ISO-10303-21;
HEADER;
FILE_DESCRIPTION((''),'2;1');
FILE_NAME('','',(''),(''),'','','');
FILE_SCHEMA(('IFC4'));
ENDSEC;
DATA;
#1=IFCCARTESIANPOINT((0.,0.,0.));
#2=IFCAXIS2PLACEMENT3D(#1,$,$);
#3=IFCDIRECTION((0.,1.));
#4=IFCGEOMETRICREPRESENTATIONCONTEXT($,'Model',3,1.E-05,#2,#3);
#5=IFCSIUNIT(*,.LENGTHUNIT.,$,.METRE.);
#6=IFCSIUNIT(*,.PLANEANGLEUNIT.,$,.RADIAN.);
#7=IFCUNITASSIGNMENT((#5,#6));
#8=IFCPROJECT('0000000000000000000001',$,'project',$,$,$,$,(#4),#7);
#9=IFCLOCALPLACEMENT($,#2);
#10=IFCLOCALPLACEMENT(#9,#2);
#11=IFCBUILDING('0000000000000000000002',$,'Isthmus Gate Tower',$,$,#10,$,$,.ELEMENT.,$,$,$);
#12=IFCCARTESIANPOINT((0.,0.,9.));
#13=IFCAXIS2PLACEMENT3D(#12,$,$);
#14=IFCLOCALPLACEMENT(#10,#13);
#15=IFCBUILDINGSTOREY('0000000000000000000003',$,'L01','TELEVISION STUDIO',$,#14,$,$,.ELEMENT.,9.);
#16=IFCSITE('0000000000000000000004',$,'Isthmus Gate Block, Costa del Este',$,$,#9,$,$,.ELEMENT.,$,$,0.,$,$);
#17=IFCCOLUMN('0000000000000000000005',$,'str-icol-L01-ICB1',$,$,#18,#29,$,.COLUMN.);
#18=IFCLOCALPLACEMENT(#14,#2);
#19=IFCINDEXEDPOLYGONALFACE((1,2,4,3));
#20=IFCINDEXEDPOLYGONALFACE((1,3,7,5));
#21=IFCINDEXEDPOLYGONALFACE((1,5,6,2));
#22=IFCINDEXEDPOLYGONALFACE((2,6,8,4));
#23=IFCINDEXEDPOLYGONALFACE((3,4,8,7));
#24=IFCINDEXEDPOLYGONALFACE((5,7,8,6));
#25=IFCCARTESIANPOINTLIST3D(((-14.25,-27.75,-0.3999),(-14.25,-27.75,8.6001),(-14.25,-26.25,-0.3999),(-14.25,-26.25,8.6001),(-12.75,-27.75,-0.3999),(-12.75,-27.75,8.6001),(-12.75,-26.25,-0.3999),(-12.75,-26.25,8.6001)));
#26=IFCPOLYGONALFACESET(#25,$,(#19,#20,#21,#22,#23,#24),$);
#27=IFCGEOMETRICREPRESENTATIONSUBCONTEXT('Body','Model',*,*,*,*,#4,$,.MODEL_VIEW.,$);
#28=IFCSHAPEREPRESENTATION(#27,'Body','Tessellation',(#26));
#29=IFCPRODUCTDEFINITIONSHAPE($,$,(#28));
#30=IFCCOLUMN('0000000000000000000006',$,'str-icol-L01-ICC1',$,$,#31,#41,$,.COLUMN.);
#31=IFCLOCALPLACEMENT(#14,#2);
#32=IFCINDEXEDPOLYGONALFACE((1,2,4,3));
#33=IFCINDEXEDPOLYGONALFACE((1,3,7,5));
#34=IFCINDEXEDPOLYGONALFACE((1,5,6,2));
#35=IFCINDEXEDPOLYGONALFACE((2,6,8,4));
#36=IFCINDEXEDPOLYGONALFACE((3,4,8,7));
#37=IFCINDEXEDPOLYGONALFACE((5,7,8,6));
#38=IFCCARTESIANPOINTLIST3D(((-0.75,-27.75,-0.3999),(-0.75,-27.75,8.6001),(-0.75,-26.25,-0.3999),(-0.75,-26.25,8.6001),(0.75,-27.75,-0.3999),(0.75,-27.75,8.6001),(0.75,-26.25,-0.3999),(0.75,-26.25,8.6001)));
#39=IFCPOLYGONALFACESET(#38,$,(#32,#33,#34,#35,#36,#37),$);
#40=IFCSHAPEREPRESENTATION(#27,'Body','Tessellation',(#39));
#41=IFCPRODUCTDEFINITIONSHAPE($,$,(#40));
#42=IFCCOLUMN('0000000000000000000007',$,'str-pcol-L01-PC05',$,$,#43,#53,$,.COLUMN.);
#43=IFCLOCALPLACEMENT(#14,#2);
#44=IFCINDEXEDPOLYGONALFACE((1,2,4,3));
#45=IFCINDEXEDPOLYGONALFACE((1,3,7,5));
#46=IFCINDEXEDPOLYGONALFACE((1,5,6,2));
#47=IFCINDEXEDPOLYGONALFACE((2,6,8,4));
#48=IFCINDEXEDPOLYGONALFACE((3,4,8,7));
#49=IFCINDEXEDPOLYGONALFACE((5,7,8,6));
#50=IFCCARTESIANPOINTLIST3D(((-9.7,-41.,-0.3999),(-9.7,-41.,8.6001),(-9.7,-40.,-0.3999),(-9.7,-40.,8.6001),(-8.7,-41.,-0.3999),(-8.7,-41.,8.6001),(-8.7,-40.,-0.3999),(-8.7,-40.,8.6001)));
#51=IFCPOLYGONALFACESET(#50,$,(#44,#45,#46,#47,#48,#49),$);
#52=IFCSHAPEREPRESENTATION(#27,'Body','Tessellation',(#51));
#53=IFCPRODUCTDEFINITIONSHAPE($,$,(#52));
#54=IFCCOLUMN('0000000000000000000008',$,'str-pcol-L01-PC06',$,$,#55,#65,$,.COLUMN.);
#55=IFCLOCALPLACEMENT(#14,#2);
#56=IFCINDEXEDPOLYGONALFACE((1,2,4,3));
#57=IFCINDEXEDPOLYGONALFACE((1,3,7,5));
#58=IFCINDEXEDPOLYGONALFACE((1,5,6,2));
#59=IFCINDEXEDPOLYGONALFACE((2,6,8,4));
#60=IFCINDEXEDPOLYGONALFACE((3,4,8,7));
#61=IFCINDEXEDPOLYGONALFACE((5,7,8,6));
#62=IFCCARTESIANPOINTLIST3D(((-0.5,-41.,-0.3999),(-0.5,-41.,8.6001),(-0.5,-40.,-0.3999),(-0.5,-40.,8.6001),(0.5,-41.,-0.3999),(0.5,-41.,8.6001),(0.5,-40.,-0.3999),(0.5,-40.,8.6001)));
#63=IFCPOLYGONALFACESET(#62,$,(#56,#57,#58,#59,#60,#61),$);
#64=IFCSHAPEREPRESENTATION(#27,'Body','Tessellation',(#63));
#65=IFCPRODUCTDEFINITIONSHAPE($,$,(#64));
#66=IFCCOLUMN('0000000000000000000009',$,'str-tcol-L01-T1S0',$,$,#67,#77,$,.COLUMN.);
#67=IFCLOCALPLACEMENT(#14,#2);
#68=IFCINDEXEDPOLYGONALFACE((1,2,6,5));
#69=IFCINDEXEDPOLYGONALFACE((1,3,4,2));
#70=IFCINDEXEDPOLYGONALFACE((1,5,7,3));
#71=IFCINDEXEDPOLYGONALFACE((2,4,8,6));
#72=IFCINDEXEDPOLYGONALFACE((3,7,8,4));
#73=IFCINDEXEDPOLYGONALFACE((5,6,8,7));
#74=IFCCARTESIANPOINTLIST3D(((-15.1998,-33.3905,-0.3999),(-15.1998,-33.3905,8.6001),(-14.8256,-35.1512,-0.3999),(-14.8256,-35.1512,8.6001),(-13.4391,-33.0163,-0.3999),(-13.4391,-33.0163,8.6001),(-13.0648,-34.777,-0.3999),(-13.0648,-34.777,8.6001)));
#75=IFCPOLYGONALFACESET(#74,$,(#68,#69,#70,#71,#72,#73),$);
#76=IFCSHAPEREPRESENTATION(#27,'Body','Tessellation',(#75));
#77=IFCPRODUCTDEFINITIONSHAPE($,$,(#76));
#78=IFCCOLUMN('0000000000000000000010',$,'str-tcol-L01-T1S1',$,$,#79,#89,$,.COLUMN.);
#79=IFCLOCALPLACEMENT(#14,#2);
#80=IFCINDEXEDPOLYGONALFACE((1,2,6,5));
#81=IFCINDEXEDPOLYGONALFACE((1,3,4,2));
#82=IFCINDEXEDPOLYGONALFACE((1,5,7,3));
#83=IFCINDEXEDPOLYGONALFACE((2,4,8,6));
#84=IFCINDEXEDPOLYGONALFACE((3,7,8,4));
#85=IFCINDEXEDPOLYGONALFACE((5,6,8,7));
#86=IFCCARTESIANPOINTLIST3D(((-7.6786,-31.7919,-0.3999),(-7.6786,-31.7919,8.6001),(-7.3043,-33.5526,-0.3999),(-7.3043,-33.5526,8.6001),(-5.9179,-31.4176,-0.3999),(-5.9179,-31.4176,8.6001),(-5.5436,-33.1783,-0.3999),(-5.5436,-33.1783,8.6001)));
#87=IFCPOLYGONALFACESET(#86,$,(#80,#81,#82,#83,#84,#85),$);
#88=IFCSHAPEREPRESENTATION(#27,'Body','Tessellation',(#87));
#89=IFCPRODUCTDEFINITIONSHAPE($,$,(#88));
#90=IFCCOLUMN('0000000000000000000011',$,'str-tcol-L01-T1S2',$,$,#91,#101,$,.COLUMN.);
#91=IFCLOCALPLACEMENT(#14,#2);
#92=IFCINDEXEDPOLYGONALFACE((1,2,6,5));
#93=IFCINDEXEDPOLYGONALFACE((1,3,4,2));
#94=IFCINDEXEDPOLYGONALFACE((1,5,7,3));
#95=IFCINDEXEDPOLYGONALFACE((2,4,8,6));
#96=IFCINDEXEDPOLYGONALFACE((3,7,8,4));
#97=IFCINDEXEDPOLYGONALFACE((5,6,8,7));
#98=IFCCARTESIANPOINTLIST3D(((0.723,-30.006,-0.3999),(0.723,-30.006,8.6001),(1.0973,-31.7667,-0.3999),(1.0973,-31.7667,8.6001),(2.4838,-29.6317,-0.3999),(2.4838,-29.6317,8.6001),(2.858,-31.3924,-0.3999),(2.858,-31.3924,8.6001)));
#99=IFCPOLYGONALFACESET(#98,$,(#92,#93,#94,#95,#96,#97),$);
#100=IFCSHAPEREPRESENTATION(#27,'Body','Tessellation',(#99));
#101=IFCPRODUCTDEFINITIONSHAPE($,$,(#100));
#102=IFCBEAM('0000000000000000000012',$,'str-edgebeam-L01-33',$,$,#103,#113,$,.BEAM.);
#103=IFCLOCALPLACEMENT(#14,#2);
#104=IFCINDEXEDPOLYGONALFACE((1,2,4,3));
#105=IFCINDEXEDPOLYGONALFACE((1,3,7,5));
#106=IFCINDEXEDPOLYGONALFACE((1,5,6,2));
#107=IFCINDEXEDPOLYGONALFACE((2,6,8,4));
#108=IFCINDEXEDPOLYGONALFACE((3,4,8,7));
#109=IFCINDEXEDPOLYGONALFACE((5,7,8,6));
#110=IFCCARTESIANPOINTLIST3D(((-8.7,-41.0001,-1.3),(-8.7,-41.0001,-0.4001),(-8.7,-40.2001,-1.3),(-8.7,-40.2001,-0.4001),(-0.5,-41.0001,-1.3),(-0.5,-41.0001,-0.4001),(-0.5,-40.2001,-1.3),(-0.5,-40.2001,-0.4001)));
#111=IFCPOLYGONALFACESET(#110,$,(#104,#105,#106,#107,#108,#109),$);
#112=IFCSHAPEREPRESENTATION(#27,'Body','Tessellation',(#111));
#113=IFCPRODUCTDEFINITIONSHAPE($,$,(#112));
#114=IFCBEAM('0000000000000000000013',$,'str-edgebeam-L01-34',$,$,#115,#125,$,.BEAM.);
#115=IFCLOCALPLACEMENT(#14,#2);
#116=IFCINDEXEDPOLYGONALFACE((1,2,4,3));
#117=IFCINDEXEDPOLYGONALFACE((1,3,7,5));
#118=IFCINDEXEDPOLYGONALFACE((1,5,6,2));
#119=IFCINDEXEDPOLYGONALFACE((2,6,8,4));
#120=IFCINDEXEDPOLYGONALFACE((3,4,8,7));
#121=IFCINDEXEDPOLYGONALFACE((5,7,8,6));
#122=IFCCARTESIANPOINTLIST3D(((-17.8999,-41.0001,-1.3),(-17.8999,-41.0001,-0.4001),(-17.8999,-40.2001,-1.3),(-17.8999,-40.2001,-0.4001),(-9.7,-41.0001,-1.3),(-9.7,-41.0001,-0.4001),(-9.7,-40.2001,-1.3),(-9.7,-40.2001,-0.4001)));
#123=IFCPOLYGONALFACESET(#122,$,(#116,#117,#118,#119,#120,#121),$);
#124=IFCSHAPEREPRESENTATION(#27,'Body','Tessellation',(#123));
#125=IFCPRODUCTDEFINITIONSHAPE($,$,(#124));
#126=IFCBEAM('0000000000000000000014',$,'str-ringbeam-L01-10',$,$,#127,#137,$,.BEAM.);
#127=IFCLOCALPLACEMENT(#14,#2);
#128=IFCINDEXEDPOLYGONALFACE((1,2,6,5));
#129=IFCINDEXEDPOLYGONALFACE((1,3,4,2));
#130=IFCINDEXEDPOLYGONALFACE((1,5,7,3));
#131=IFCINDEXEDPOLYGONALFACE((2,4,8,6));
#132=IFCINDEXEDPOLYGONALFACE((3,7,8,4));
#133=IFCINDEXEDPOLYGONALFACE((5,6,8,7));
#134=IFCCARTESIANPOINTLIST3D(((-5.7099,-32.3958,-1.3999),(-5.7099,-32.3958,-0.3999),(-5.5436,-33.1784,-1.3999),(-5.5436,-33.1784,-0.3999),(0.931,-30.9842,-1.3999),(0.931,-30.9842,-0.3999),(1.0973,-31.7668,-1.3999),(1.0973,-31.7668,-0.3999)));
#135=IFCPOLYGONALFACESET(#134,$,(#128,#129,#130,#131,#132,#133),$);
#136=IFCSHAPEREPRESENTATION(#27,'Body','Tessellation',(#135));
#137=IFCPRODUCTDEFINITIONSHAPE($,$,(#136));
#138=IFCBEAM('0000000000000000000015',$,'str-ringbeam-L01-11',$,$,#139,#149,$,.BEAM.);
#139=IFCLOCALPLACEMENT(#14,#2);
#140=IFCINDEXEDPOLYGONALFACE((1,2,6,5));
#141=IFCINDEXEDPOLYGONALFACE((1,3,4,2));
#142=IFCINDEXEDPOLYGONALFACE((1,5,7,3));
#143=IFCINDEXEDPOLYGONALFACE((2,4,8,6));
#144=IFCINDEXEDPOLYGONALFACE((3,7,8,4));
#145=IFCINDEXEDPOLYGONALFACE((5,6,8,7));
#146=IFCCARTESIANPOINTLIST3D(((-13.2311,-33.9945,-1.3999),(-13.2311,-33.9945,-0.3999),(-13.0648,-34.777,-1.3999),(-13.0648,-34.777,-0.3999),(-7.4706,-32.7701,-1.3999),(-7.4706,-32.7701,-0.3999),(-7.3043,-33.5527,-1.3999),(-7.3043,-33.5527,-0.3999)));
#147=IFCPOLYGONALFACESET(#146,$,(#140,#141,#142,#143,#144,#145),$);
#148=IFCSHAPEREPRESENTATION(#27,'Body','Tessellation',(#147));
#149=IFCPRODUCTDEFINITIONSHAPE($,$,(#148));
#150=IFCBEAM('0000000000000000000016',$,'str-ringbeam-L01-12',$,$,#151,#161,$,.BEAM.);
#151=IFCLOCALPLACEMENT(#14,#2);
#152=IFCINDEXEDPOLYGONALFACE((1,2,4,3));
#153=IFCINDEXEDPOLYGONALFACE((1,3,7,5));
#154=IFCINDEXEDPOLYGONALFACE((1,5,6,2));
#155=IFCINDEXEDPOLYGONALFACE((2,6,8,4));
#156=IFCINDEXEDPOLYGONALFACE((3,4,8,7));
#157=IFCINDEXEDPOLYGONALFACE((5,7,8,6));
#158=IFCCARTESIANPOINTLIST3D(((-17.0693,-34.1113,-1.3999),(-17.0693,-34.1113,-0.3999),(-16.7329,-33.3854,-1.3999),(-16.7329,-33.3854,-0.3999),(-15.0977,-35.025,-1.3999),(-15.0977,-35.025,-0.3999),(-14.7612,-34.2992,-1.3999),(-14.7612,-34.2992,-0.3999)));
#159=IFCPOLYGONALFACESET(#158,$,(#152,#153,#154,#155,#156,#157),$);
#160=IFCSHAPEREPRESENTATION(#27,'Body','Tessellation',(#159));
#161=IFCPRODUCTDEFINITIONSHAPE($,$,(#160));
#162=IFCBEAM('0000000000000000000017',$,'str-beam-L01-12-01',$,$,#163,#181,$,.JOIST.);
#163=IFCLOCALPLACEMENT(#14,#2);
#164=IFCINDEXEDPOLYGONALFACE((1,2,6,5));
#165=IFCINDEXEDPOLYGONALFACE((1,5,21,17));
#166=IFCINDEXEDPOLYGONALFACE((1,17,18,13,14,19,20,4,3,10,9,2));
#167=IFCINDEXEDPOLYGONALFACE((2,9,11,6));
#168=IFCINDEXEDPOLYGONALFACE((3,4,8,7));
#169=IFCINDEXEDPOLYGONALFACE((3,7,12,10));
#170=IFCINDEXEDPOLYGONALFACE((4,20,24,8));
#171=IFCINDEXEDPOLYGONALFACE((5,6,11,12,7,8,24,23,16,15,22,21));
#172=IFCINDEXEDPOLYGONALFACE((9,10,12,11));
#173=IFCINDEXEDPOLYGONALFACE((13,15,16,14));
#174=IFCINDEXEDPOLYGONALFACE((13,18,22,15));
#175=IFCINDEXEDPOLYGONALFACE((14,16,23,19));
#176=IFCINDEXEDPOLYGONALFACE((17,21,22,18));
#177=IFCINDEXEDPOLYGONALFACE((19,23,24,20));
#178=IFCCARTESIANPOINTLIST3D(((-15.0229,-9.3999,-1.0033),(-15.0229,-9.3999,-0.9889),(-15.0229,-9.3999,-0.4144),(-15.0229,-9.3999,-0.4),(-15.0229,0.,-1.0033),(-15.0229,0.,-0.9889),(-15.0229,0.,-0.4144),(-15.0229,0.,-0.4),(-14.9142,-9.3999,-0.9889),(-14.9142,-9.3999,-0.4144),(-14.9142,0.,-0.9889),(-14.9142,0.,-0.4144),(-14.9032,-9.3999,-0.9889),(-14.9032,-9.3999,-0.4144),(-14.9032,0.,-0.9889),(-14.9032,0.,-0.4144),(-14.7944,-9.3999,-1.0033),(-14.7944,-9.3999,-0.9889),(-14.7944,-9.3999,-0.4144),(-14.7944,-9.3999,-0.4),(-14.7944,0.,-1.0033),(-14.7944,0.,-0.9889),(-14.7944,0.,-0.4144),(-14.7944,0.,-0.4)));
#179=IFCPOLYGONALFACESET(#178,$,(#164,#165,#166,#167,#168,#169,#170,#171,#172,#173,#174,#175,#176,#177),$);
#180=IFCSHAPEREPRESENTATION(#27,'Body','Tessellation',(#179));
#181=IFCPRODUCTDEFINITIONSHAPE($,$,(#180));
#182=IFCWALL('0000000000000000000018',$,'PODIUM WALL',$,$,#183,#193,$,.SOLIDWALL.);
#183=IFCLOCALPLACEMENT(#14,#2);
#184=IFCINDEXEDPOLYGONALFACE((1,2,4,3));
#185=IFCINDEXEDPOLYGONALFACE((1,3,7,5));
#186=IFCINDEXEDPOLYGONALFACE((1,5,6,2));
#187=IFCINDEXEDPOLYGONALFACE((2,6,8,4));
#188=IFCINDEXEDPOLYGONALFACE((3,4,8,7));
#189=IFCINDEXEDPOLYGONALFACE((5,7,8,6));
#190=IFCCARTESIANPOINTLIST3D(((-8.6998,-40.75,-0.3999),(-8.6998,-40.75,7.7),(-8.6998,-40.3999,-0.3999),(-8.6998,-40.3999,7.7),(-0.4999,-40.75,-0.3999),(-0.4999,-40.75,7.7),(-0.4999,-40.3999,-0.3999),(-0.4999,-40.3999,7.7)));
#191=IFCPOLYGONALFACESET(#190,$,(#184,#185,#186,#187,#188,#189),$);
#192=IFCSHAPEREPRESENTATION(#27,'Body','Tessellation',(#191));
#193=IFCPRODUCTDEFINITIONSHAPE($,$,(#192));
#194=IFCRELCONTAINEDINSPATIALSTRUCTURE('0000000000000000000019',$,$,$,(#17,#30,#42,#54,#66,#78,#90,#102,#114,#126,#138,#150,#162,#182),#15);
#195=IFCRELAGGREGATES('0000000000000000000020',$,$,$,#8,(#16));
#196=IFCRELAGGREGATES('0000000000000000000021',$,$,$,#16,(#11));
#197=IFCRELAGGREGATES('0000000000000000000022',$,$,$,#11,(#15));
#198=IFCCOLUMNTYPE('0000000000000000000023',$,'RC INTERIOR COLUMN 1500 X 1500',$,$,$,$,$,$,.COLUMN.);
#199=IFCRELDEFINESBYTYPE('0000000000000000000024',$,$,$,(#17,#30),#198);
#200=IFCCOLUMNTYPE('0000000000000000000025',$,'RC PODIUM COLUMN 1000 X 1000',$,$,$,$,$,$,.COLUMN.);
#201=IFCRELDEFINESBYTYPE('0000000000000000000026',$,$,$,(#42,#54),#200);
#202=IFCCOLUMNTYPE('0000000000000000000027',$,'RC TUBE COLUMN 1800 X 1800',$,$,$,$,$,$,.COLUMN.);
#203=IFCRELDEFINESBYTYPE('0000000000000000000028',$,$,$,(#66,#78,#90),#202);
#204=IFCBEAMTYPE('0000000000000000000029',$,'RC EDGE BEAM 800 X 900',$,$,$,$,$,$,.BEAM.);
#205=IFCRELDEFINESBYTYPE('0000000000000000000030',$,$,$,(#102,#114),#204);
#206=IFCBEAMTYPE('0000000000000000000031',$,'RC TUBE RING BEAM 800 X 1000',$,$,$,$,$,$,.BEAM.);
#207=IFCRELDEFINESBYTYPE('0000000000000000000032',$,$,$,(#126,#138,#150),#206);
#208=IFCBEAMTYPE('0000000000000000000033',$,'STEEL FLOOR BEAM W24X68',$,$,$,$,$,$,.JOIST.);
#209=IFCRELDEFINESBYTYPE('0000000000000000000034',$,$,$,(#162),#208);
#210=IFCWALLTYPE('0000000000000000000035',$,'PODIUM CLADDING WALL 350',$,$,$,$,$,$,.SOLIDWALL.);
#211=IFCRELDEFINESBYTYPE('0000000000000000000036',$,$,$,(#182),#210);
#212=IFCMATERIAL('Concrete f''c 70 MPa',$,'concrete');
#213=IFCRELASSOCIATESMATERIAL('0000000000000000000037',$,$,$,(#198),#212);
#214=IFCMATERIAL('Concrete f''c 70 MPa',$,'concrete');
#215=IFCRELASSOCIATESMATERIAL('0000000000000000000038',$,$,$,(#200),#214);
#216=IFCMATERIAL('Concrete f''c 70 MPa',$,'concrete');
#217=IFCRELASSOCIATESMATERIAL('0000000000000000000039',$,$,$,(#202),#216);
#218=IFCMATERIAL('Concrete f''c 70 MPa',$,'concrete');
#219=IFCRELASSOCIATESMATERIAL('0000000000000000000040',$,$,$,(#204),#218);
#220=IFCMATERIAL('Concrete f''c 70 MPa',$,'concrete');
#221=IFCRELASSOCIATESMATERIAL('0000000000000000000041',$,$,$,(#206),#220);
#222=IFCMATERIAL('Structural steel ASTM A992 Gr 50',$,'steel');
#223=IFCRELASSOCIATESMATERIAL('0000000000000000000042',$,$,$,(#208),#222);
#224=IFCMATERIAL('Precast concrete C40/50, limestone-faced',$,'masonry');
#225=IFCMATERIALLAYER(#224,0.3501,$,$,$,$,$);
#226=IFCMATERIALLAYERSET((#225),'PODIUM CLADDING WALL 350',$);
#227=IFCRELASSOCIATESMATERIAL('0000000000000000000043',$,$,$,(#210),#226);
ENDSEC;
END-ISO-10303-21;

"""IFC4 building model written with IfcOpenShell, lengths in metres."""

from ifc_helpers import new_model, si_unit, direction, frame, frame_2d, origin, origin_2d, place, context, subcontext, project, spatial, rectangle, i_section, extrude, material, layer, layer_set, material_profile, profile_set, type_object, element, save


model = new_model("IFC4")

# Units and contexts
model_context = context("Model", 3, precision=1e-05, world=origin(), true_north=direction((0.0, 1.0)))
body_context = subcontext(model_context, "Body", "Model", "MODEL_VIEW")
ifc_project = project(units=[si_unit("LENGTHUNIT", "METRE"), si_unit("PLANEANGLEUNIT", "RADIAN")], contexts=[model_context])

# Site, building, storey
site_placement = place(None, origin())
site = spatial("IfcSite", under=ifc_project, at=site_placement, Name="Isthmus Gate Block, Costa del Este", CompositionType="ELEMENT", RefElevation=0.0)
building_placement = place(site_placement, origin())
building = spatial("IfcBuilding", under=site, at=building_placement, Name="Isthmus Gate Tower", CompositionType="ELEMENT")
storey_placement = place(building_placement, frame((0.0, 0.0, 9.0)))
storey = spatial("IfcBuildingStorey", under=building, at=storey_placement, Name="L01", Description="TELEVISION STUDIO", CompositionType="ELEMENT", Elevation=9.0)

# Columns
ifc_material_1 = material(Name="Concrete f'c 70 MPa", Category="concrete")
ifc_material_profile_1 = material_profile(ifc_material_1, rectangle(XDim=1.5, YDim=1.5, at=origin_2d()), Name="RC 1500X1500")
ifc_profile_set_1 = profile_set([ifc_material_profile_1], Name="Concrete f'c 70 MPa")
column_type_1 = type_object("IfcColumnType", Name="RC INTERIOR COLUMN 1500 X 1500", PredefinedType="COLUMN", material=ifc_profile_set_1)
for number, where, z_axis, x_axis, name in (
    (1, (-13.5, -27.0, -0.3999), (0.0, 0.0, 1.0), (1.0, 0.0, 0.0), "str-icol-L01-ICB1"),
    (2, (0.0, -27.0, -0.3999), (0.0, 0.0, 1.0), (1.0, 0.0, 0.0), "str-icol-L01-ICC1"),
):
    element("IfcColumn", number, at=place(storey_placement, frame(where, z_axis=z_axis, x_axis=x_axis)), inside=storey, type_object=column_type_1, Name=name, PredefinedType="COLUMN", context=body_context, shape_type="SweptSolid", body=[
        extrude(rectangle(XDim=1.5, YDim=1.5, at=origin_2d()), origin(), (0.0, 0.0, 1.0), 9.0),
    ])
ifc_material_2 = material(Name="Concrete f'c 70 MPa", Category="concrete")
ifc_material_profile_2 = material_profile(ifc_material_2, rectangle(XDim=1.0, YDim=1.0, at=origin_2d()), Name="RC 1000X1000")
ifc_profile_set_2 = profile_set([ifc_material_profile_2], Name="Concrete f'c 70 MPa")
column_type_2 = type_object("IfcColumnType", Name="RC PODIUM COLUMN 1000 X 1000", PredefinedType="COLUMN", material=ifc_profile_set_2)
for number, where, z_axis, x_axis, name in (
    (3, (-9.2, -40.5, -0.3999), (0.0, 0.0, 1.0), (1.0, 0.0, 0.0), "str-pcol-L01-PC05"),
    (4, (0.0, -40.5, -0.3999), (0.0, 0.0, 1.0), (1.0, 0.0, 0.0), "str-pcol-L01-PC06"),
):
    element("IfcColumn", number, at=place(storey_placement, frame(where, z_axis=z_axis, x_axis=x_axis)), inside=storey, type_object=column_type_2, Name=name, PredefinedType="COLUMN", context=body_context, shape_type="SweptSolid", body=[
        extrude(rectangle(XDim=1.0, YDim=1.0, at=origin_2d()), origin(), (0.0, 0.0, 1.0), 9.0),
    ])
ifc_material_3 = material(Name="Concrete f'c 70 MPa", Category="concrete")
ifc_material_profile_3 = material_profile(ifc_material_3, rectangle(XDim=1.8, YDim=1.8, at=origin_2d()), Name="RC 1800X1800")
ifc_profile_set_3 = profile_set([ifc_material_profile_3], Name="Concrete f'c 70 MPa")
column_type_3 = type_object("IfcColumnType", Name="RC TUBE COLUMN 1800 X 1800", PredefinedType="COLUMN", material=ifc_profile_set_3)
for number, where, z_axis, x_axis, name in (
    (5, (-14.1323, -34.0837, -0.3999), (0.0, 0.0, 1.0), (0.978148, 0.207912, 0.0), "str-tcol-L01-T1S0"),
    (6, (-6.6111, -32.4851, -0.3999), (0.0, 0.0, 1.0), (0.978148, 0.207912, 0.0), "str-tcol-L01-T1S1"),
    (7, (1.7905, -30.6992, -0.3999), (0.0, 0.0, 1.0), (0.978148, 0.207912, 0.0), "str-tcol-L01-T1S2"),
):
    element("IfcColumn", number, at=place(storey_placement, frame(where, z_axis=z_axis, x_axis=x_axis)), inside=storey, type_object=column_type_3, Name=name, PredefinedType="COLUMN", context=body_context, shape_type="SweptSolid", body=[
        extrude(rectangle(XDim=1.8, YDim=1.8, at=origin_2d()), origin(), (0.0, 0.0, 1.0), 9.0),
    ])

# Beams
ifc_material_4 = material(Name="Concrete f'c 70 MPa", Category="concrete")
ifc_material_profile_4 = material_profile(ifc_material_4, rectangle(XDim=0.8, YDim=0.8999, at=origin_2d()), Name="RC 800X900")
ifc_profile_set_4 = profile_set([ifc_material_profile_4], Name="Concrete f'c 70 MPa")
beam_type_1 = type_object("IfcBeamType", Name="RC EDGE BEAM 800 X 900", PredefinedType="BEAM", material=ifc_profile_set_4)
for number, where, z_axis, x_axis, name in (
    (8, (-0.5, -40.6001, -0.8501), (-1.0, 0.0, 0.0), (0.0, -1.0, 0.0), "str-edgebeam-L01-33"),
    (9, (-9.7, -40.6001, -0.8501), (-1.0, 0.0, 0.0), (0.0, -1.0, 0.0), "str-edgebeam-L01-34"),
):
    element("IfcBeam", number, at=place(storey_placement, frame(where, z_axis=z_axis, x_axis=x_axis)), inside=storey, type_object=beam_type_1, Name=name, PredefinedType="BEAM", context=body_context, shape_type="SweptSolid", body=[
        extrude(rectangle(XDim=0.8, YDim=0.8999, at=origin_2d()), origin(), (0.0, 0.0, 1.0), 8.2),
    ])
ifc_material_5 = material(Name="Concrete f'c 70 MPa", Category="concrete")
ifc_material_profile_5 = material_profile(ifc_material_5, rectangle(XDim=0.8, YDim=1.0, at=origin_2d()), Name="RC 800X1000")
ifc_profile_set_5 = profile_set([ifc_material_profile_5], Name="Concrete f'c 70 MPa")
beam_type_2 = type_object("IfcBeamType", Name="RC TUBE RING BEAM 800 X 1000", PredefinedType="BEAM", material=ifc_profile_set_5)
beam_1_placement = place(storey_placement, frame((1.0142, -31.3755, -0.8999), z_axis=(-0.978146, -0.20792, 0.0), x_axis=(0.20792, -0.978146, 0.0)))
element("IfcBeam", 10, at=beam_1_placement, inside=storey, type_object=beam_type_2, Name="str-ringbeam-L01-10", PredefinedType="BEAM", context=body_context, shape_type="SweptSolid", body=[
    extrude(rectangle(XDim=0.8, YDim=1.0, at=origin_2d()), origin(), (0.0, 0.0, 1.0), 6.7893),
])
beam_2_placement = place(storey_placement, frame((-7.3875, -33.1614, -0.8999), z_axis=(-0.97815, -0.207901, 0.0), x_axis=(0.207901, -0.97815, 0.0)))
element("IfcBeam", 11, at=beam_2_placement, inside=storey, type_object=beam_type_2, Name="str-ringbeam-L01-11", PredefinedType="BEAM", context=body_context, shape_type="SweptSolid", body=[
    extrude(rectangle(XDim=0.8, YDim=1.0, at=origin_2d()), origin(), (0.0, 0.0, 1.0), 5.8892),
])
beam_3_placement = place(storey_placement, frame((-14.9294, -34.6621, -0.8999), z_axis=(-0.907291, 0.420504, 0.0), x_axis=(-0.420504, -0.907291, 0.0)))
element("IfcBeam", 12, at=beam_3_placement, inside=storey, type_object=beam_type_2, Name="str-ringbeam-L01-12", PredefinedType="BEAM", context=body_context, shape_type="SweptSolid", body=[
    extrude(rectangle(XDim=0.8, YDim=1.0, at=origin_2d()), origin(), (0.0, 0.0, 1.0), 2.1731),
])
ifc_material_6 = material(Name="Structural steel ASTM A992 Gr 50", Category="steel")
ifc_material_profile_6 = material_profile(ifc_material_6, i_section(OverallWidth=0.2285, OverallDepth=0.6033, WebThickness=0.011, FlangeThickness=0.0144, at=origin_2d()), Name="W24X68")
ifc_profile_set_6 = profile_set([ifc_material_profile_6], Name="Structural steel ASTM A992 Gr 50")
beam_type_3 = type_object("IfcBeamType", Name="STEEL FLOOR BEAM W24X68", PredefinedType="JOIST", material=ifc_profile_set_6)
beam_4_placement = place(storey_placement, frame((-14.9087, -9.3999, -0.7017), z_axis=(0.0, 1.0, 0.0), x_axis=(-1.0, 0.0, 0.0)))
element("IfcBeam", 13, at=beam_4_placement, inside=storey, type_object=beam_type_3, Name="str-beam-L01-12-01", PredefinedType="JOIST", context=body_context, shape_type="SweptSolid", body=[
    extrude(i_section(OverallWidth=0.2285, OverallDepth=0.6033, WebThickness=0.011, FlangeThickness=0.0144, at=origin_2d()), origin(), (0.0, 0.0, 1.0), 9.3999),
])

# Wall
ifc_material_7 = material(Name="Precast concrete C40/50, limestone-faced", Category="masonry")
ifc_layer = layer(ifc_material_7, 0.3501)
ifc_layer_set = layer_set([ifc_layer], Name="PODIUM CLADDING WALL 350")
wall_type = type_object("IfcWallType", Name="PODIUM CLADDING WALL 350", PredefinedType="SOLIDWALL", material=ifc_layer_set)
for number, where, z_axis, x_axis, name in (
    (14, (-8.7, -40.575, -0.3999), (0.0, 0.0, 1.0), (1.0, 0.0, 0.0), "PODIUM WALL"),
):
    element("IfcWall", number, at=place(storey_placement, frame(where, z_axis=z_axis, x_axis=x_axis)), inside=storey, type_object=wall_type, Name=name, PredefinedType="SOLIDWALL", context=body_context, shape_type="SweptSolid", body=[
        extrude(rectangle(XDim=8.2, YDim=0.3501, at=frame_2d((4.1001, 0.0))), origin(), (0.0, 0.0, 1.0), 8.0999),
    ])

save(model, "model.ifc")
